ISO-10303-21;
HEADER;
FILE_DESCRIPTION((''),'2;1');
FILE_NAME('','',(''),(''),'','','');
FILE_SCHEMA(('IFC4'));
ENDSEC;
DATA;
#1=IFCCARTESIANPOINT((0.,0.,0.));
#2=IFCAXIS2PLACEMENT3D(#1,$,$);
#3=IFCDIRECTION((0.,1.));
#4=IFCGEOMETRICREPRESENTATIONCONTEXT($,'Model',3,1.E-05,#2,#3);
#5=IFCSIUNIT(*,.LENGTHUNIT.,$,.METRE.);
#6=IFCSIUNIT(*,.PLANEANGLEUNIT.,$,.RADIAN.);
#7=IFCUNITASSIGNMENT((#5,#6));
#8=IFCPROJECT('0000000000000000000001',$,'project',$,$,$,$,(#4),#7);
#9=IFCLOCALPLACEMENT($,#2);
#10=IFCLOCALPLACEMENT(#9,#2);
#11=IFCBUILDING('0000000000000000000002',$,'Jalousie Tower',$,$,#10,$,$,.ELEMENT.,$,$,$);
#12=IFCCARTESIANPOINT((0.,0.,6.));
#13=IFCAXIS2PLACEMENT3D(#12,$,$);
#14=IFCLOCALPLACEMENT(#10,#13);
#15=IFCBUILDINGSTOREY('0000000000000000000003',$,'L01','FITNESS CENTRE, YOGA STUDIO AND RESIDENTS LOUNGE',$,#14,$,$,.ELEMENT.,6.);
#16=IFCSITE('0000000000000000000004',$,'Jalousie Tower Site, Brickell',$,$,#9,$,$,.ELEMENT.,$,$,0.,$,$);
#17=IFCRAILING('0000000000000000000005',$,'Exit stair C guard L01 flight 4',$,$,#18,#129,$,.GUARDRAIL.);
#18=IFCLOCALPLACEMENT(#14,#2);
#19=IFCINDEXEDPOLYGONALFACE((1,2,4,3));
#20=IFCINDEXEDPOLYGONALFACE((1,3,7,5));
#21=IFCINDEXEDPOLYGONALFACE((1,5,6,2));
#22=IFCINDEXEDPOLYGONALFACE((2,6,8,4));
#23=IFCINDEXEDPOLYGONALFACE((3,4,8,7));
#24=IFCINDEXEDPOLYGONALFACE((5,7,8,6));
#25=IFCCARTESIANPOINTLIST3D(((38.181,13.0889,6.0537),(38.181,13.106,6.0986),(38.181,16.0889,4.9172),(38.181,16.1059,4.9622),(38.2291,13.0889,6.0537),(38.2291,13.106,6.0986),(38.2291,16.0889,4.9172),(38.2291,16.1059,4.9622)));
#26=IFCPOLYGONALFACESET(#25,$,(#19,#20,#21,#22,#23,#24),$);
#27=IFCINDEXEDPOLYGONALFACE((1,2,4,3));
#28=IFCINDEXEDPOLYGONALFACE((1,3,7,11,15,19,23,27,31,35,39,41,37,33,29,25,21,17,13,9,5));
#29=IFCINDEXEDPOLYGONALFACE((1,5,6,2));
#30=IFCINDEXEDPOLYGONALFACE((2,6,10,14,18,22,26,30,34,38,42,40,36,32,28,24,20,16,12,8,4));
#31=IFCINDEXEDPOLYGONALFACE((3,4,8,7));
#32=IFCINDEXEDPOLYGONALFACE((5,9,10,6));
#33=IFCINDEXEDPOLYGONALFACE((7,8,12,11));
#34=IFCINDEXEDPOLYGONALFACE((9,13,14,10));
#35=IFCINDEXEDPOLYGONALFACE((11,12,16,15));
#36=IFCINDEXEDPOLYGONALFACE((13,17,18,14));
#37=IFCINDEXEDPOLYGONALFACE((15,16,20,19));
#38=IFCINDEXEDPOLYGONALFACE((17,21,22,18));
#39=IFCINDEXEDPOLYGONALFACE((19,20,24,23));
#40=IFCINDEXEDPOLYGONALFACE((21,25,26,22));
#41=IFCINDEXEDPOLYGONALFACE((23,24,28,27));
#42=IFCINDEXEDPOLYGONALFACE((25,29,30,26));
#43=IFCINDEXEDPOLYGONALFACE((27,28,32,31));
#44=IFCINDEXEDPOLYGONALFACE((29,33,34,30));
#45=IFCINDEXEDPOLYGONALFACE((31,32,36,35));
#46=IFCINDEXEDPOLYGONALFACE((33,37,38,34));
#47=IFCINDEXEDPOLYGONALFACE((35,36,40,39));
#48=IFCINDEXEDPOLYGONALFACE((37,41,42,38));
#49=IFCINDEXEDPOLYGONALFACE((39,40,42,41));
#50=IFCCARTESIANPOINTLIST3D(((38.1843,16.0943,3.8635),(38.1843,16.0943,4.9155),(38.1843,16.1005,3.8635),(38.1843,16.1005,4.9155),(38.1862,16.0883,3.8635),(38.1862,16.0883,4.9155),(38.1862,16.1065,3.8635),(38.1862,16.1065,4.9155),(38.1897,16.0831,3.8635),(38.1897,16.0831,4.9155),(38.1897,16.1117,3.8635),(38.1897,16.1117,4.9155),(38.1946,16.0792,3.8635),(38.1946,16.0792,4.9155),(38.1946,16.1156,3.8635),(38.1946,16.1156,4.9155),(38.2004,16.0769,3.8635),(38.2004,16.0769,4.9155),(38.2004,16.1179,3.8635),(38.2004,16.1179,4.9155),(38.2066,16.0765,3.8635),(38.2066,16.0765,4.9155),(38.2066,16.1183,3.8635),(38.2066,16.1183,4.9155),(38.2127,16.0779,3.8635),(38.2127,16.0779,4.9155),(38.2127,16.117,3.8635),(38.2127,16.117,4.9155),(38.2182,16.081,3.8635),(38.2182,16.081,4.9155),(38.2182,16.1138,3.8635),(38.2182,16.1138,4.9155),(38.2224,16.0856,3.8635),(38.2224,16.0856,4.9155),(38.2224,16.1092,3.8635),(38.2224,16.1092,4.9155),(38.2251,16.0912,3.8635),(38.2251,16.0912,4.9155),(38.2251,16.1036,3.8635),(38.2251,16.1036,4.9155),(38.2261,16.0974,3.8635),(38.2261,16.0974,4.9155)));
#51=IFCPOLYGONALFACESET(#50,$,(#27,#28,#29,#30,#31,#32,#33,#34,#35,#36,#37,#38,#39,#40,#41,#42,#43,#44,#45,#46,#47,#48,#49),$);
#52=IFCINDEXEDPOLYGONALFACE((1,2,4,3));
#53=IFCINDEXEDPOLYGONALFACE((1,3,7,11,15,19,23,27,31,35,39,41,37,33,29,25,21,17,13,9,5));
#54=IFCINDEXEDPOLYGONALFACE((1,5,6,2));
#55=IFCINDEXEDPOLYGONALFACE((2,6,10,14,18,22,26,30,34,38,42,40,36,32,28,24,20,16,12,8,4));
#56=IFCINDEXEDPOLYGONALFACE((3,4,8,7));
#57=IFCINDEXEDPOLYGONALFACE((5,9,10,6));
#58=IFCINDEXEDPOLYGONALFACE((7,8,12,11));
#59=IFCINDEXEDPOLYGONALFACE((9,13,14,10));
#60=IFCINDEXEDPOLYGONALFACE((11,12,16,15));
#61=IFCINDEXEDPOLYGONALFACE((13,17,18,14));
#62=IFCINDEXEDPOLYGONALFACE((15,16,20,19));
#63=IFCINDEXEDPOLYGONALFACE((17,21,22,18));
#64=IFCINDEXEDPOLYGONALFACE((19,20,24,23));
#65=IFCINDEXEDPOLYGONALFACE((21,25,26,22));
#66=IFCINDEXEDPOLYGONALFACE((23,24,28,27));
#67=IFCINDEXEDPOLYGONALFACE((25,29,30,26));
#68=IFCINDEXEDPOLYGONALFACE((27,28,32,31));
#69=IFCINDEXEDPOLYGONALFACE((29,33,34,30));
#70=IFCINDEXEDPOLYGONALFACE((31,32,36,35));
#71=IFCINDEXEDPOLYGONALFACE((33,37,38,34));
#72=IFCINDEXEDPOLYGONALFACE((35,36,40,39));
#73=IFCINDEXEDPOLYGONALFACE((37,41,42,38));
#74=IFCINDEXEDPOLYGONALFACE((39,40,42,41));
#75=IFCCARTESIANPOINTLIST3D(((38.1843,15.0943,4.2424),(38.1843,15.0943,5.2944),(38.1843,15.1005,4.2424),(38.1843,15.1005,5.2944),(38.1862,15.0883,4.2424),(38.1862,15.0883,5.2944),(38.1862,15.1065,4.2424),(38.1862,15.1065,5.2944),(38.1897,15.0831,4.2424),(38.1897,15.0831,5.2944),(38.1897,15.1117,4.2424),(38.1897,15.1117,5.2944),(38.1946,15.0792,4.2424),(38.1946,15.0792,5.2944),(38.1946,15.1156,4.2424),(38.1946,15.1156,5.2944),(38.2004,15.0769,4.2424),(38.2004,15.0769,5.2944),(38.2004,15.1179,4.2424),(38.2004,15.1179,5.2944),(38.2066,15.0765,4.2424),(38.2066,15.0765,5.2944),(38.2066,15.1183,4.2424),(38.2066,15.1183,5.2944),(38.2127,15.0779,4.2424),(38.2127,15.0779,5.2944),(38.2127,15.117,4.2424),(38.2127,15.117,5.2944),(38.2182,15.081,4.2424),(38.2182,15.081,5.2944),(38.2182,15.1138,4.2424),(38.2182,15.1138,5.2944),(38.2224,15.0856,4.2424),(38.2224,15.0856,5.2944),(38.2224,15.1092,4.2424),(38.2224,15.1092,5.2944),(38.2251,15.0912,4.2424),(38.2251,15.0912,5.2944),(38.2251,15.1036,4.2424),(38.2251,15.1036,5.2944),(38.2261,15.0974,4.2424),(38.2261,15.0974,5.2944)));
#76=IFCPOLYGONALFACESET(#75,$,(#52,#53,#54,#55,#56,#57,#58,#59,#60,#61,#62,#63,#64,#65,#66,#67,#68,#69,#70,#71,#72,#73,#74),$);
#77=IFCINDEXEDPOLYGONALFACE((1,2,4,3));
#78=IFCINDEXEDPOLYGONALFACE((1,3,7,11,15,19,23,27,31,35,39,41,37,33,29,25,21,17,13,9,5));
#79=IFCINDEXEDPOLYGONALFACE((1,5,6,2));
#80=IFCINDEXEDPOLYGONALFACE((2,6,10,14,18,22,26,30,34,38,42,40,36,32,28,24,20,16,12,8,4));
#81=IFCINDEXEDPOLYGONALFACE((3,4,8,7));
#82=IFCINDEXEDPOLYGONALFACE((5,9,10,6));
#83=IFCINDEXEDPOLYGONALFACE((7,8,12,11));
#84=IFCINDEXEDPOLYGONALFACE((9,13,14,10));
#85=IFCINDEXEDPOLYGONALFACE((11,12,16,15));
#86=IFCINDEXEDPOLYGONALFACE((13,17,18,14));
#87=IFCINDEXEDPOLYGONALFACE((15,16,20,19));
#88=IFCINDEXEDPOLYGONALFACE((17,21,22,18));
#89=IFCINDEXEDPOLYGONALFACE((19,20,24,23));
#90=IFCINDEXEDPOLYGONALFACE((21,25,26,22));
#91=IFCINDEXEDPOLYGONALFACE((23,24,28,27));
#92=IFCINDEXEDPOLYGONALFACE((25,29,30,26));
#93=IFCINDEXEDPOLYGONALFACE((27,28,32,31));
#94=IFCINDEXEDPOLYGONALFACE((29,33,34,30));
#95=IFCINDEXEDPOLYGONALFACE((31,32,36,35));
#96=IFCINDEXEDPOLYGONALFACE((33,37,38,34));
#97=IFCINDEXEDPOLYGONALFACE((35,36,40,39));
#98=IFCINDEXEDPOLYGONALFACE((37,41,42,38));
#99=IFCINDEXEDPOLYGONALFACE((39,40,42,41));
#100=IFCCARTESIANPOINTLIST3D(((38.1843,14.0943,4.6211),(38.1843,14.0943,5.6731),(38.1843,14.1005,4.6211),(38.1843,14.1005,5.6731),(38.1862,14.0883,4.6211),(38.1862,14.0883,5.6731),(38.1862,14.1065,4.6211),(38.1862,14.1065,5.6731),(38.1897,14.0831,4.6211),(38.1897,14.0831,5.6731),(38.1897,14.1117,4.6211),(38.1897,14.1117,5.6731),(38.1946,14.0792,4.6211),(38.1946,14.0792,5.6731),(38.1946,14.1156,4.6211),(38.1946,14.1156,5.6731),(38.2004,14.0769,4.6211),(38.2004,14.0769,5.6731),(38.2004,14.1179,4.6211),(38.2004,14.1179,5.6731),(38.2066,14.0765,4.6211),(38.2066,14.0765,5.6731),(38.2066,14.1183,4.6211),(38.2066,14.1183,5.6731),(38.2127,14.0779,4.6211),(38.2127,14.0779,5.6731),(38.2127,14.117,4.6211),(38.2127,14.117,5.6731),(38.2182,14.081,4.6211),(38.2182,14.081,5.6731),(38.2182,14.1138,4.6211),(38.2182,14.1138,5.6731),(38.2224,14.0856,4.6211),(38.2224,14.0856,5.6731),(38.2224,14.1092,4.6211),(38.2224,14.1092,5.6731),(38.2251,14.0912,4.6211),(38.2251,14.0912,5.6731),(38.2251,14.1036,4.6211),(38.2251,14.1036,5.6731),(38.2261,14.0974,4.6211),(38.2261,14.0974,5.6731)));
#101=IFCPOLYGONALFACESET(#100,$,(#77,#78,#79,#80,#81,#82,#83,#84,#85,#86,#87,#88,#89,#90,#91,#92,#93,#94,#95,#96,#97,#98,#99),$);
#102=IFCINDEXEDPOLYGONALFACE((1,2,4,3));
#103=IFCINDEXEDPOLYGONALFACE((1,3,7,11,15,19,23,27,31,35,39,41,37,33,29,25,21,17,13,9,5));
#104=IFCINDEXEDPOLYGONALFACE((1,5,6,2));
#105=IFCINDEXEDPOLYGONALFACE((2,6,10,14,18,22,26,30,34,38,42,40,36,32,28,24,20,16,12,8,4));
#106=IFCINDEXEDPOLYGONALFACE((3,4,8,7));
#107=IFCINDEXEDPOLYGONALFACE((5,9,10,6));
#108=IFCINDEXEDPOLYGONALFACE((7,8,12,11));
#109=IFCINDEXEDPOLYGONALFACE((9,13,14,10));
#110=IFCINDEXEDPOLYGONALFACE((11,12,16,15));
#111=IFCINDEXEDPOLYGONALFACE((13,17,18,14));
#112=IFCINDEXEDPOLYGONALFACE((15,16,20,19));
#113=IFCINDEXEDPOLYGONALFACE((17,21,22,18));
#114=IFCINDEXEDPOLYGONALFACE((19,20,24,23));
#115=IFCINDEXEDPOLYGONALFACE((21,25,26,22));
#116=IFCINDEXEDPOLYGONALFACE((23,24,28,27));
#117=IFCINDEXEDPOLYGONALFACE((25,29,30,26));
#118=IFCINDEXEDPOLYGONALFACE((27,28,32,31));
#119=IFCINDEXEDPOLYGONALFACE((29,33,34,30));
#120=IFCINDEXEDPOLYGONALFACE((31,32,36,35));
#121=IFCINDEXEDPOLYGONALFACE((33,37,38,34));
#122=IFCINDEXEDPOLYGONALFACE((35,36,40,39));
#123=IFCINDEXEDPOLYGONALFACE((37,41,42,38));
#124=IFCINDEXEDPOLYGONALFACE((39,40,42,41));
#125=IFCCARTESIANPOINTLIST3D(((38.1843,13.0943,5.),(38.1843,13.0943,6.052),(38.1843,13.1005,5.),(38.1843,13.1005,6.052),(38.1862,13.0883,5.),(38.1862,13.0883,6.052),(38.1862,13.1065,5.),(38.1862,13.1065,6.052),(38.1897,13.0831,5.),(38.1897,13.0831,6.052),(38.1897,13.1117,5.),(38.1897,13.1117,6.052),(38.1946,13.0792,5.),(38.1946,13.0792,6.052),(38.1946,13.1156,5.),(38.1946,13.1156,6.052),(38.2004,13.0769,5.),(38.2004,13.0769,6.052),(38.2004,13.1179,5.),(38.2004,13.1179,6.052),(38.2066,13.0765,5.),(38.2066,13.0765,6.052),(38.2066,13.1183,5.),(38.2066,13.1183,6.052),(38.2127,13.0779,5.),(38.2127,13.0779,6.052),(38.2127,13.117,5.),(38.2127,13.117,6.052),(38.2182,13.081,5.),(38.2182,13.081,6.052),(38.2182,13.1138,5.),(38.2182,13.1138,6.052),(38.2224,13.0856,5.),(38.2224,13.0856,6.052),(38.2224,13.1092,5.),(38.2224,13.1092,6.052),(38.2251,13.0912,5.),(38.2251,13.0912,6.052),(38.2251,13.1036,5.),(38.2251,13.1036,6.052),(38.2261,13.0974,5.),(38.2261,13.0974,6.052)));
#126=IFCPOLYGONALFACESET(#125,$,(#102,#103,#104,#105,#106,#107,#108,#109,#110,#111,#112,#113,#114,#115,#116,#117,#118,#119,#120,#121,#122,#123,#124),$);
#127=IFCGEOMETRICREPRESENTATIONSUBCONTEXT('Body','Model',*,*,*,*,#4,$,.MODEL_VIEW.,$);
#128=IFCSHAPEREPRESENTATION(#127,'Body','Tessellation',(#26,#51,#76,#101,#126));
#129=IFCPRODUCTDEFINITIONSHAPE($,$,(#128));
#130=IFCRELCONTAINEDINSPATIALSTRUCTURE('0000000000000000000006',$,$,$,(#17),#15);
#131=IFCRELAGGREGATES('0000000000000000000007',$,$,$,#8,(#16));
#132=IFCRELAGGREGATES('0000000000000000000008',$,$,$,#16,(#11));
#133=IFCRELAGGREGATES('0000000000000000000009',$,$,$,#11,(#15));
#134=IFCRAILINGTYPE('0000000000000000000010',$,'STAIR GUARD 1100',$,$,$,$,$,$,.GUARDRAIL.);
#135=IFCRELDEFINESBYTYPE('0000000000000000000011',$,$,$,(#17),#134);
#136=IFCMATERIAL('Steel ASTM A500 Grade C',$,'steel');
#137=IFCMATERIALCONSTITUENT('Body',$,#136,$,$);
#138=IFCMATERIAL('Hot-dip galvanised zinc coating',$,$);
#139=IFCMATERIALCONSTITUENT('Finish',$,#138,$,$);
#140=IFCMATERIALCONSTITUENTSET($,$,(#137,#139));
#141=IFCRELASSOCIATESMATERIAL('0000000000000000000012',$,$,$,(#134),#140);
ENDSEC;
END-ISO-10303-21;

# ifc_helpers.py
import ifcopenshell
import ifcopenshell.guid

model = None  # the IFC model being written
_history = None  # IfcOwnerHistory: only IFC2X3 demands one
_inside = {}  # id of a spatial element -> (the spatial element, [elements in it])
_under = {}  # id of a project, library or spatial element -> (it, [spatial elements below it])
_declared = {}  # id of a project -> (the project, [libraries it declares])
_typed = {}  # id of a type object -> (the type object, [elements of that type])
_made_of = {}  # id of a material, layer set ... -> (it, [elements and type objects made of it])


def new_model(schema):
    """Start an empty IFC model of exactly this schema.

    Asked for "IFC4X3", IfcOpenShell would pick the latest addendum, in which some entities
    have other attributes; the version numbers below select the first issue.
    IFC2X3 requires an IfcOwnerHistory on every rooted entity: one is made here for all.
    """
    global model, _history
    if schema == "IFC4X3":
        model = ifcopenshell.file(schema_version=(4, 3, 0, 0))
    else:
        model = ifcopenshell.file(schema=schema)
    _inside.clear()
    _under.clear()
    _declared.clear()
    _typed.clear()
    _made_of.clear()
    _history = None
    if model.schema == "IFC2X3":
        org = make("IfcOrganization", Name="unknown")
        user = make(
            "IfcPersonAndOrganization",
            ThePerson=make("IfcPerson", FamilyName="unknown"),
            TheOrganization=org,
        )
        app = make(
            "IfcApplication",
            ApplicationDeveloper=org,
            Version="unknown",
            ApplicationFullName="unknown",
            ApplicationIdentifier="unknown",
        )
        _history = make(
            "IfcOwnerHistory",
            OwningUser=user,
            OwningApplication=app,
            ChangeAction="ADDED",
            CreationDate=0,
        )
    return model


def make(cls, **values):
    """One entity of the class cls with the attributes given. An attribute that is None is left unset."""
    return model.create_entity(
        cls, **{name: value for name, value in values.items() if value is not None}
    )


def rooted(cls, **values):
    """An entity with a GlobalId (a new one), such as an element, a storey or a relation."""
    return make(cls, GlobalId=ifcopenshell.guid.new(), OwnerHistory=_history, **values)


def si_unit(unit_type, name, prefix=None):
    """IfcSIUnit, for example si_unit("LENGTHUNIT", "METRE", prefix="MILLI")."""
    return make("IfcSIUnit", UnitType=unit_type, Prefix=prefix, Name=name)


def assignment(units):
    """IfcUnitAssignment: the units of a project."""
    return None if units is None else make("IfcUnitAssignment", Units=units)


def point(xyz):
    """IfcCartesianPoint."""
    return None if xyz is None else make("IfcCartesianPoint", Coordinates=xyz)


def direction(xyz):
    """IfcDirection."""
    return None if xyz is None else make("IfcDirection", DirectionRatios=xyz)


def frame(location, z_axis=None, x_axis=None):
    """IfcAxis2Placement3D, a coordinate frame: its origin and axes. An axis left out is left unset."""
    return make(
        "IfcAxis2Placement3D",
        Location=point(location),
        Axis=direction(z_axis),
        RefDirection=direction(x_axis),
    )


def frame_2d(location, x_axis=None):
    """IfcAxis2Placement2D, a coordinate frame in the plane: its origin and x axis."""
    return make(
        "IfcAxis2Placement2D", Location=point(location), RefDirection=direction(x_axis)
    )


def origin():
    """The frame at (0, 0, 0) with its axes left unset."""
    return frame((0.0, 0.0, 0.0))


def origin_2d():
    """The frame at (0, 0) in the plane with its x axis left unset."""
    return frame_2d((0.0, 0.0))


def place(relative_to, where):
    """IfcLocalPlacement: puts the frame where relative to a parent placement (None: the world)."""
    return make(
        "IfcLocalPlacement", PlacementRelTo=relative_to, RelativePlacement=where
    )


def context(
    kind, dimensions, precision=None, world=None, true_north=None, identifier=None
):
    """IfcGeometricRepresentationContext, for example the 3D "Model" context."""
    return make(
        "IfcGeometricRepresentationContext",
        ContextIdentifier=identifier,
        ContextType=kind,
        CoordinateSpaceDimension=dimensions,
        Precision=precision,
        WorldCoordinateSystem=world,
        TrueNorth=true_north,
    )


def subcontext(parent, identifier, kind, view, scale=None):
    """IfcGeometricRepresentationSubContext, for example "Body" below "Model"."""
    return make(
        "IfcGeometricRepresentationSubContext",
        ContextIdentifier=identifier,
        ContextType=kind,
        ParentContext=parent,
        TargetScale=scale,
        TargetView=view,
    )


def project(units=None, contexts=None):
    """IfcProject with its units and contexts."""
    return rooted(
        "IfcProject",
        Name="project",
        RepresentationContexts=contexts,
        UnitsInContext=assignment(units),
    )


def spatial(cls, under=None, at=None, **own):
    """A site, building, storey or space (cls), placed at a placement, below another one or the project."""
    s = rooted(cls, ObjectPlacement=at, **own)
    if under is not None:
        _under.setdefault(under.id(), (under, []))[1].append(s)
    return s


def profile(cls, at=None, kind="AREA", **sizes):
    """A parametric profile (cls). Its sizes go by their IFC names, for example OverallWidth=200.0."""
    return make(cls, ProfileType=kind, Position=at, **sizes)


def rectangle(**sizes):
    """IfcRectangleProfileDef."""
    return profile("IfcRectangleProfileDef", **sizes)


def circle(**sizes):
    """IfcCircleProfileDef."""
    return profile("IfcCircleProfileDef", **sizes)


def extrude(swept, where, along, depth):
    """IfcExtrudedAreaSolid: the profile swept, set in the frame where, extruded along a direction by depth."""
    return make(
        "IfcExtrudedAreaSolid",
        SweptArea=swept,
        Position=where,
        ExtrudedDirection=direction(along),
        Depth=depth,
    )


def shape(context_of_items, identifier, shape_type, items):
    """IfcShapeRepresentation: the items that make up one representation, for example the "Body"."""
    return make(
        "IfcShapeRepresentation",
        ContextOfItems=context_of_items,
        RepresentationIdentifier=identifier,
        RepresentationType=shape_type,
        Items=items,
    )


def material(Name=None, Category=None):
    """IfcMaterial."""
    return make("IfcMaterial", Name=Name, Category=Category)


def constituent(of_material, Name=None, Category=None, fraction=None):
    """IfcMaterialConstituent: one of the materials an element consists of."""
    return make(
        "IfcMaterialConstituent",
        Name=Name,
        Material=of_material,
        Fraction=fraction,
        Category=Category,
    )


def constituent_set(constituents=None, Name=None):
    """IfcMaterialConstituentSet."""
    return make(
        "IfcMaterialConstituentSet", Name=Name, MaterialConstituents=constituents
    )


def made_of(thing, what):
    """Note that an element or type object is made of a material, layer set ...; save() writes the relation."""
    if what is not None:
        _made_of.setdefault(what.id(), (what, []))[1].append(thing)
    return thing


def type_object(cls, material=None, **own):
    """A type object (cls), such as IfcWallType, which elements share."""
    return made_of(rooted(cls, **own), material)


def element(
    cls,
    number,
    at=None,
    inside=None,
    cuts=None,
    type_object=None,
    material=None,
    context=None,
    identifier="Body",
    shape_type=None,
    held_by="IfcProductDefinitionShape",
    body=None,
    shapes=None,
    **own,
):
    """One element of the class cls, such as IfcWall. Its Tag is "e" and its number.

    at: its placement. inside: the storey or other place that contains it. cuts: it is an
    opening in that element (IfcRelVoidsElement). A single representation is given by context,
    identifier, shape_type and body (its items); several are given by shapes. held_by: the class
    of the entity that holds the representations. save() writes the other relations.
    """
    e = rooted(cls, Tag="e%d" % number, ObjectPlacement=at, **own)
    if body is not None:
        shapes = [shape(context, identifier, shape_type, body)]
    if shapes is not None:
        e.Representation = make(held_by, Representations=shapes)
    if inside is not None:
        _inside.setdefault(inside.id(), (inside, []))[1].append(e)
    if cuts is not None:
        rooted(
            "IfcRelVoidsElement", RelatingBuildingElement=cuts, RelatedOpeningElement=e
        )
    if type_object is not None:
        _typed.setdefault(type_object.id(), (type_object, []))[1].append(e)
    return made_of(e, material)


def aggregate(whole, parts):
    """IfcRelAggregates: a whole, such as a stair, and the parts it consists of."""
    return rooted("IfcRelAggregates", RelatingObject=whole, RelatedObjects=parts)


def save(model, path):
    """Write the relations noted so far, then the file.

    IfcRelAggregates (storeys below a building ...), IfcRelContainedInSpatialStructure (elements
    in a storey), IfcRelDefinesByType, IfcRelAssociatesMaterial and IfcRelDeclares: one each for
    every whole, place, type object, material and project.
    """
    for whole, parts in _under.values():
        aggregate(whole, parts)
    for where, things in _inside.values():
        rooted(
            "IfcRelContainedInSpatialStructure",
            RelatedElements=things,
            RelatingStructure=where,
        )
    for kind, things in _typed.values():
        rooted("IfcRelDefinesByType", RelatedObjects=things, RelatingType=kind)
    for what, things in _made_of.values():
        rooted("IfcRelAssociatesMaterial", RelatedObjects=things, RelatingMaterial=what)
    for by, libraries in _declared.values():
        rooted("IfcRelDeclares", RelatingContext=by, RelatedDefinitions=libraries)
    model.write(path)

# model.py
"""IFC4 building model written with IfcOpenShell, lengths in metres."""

from ifc_helpers import new_model, si_unit, direction, frame, origin, origin_2d, place, context, subcontext, project, spatial, rectangle, circle, extrude, material, constituent, constituent_set, type_object, element, save


model = new_model("IFC4")

# Units and contexts
model_context = context("Model", 3, precision=1e-05, world=origin(), true_north=direction((0.0, 1.0)))
body_context = subcontext(model_context, "Body", "Model", "MODEL_VIEW")
ifc_project = project(units=[si_unit("LENGTHUNIT", "METRE"), si_unit("PLANEANGLEUNIT", "RADIAN")], contexts=[model_context])

# Site, building, storey
site_placement = place(None, origin())
site = spatial("IfcSite", under=ifc_project, at=site_placement, Name="Jalousie Tower Site, Brickell", CompositionType="ELEMENT", RefElevation=0.0)
building_placement = place(site_placement, origin())
building = spatial("IfcBuilding", under=site, at=building_placement, Name="Jalousie Tower", CompositionType="ELEMENT")
storey_placement = place(building_placement, frame((0.0, 0.0, 6.0)))
storey = spatial("IfcBuildingStorey", under=building, at=storey_placement, Name="L01", Description="FITNESS CENTRE, YOGA STUDIO AND RESIDENTS LOUNGE", CompositionType="ELEMENT", Elevation=6.0)

# Railing
ifc_material_1 = material(Name="Steel ASTM A500 Grade C", Category="steel")
ifc_constituent_1 = constituent(ifc_material_1, Name="Body")
ifc_material_2 = material(Name="Hot-dip galvanised zinc coating")
ifc_constituent_2 = constituent(ifc_material_2, Name="Finish")
ifc_constituent_set_1 = constituent_set(constituents=[ifc_constituent_1, ifc_constituent_2])
railing_type_1 = type_object("IfcRailingType", Name="STAIR GUARD 1100", PredefinedType="GUARDRAIL", material=ifc_constituent_set_1)
railing_1_placement = place(storey_placement, frame((38.2051, 16.0974, 3.8635)))
element("IfcRailing", 1, at=railing_1_placement, inside=storey, type_object=railing_type_1, Name="Exit stair C guard L01 flight 4", PredefinedType="GUARDRAIL", context=body_context, shape_type="SweptSolid", body=[
    extrude(rectangle(XDim=0.0481, YDim=0.0481, at=origin_2d()), frame((0.0, 0.0, 1.0762), z_axis=(0.0, -0.935148, 0.354257), x_axis=(1.0, 0.0, 0.0)), (0.0, 0.0, 1.0), 3.208),
    extrude(circle(Radius=0.021, at=origin_2d()), origin(), (0.0, 0.0, 1.0), 1.052),
    extrude(circle(Radius=0.021, at=origin_2d()), frame((0.0, -1.0, 0.3789)), (0.0, 0.0, 1.0), 1.052),
    extrude(circle(Radius=0.021, at=origin_2d()), frame((0.0, -2.0, 0.7576)), (0.0, 0.0, 1.0), 1.052),
    extrude(circle(Radius=0.021, at=origin_2d()), frame((0.0, -3.0, 1.1365)), (0.0, 0.0, 1.0), 1.052),
])

save(model, "model.ifc")
